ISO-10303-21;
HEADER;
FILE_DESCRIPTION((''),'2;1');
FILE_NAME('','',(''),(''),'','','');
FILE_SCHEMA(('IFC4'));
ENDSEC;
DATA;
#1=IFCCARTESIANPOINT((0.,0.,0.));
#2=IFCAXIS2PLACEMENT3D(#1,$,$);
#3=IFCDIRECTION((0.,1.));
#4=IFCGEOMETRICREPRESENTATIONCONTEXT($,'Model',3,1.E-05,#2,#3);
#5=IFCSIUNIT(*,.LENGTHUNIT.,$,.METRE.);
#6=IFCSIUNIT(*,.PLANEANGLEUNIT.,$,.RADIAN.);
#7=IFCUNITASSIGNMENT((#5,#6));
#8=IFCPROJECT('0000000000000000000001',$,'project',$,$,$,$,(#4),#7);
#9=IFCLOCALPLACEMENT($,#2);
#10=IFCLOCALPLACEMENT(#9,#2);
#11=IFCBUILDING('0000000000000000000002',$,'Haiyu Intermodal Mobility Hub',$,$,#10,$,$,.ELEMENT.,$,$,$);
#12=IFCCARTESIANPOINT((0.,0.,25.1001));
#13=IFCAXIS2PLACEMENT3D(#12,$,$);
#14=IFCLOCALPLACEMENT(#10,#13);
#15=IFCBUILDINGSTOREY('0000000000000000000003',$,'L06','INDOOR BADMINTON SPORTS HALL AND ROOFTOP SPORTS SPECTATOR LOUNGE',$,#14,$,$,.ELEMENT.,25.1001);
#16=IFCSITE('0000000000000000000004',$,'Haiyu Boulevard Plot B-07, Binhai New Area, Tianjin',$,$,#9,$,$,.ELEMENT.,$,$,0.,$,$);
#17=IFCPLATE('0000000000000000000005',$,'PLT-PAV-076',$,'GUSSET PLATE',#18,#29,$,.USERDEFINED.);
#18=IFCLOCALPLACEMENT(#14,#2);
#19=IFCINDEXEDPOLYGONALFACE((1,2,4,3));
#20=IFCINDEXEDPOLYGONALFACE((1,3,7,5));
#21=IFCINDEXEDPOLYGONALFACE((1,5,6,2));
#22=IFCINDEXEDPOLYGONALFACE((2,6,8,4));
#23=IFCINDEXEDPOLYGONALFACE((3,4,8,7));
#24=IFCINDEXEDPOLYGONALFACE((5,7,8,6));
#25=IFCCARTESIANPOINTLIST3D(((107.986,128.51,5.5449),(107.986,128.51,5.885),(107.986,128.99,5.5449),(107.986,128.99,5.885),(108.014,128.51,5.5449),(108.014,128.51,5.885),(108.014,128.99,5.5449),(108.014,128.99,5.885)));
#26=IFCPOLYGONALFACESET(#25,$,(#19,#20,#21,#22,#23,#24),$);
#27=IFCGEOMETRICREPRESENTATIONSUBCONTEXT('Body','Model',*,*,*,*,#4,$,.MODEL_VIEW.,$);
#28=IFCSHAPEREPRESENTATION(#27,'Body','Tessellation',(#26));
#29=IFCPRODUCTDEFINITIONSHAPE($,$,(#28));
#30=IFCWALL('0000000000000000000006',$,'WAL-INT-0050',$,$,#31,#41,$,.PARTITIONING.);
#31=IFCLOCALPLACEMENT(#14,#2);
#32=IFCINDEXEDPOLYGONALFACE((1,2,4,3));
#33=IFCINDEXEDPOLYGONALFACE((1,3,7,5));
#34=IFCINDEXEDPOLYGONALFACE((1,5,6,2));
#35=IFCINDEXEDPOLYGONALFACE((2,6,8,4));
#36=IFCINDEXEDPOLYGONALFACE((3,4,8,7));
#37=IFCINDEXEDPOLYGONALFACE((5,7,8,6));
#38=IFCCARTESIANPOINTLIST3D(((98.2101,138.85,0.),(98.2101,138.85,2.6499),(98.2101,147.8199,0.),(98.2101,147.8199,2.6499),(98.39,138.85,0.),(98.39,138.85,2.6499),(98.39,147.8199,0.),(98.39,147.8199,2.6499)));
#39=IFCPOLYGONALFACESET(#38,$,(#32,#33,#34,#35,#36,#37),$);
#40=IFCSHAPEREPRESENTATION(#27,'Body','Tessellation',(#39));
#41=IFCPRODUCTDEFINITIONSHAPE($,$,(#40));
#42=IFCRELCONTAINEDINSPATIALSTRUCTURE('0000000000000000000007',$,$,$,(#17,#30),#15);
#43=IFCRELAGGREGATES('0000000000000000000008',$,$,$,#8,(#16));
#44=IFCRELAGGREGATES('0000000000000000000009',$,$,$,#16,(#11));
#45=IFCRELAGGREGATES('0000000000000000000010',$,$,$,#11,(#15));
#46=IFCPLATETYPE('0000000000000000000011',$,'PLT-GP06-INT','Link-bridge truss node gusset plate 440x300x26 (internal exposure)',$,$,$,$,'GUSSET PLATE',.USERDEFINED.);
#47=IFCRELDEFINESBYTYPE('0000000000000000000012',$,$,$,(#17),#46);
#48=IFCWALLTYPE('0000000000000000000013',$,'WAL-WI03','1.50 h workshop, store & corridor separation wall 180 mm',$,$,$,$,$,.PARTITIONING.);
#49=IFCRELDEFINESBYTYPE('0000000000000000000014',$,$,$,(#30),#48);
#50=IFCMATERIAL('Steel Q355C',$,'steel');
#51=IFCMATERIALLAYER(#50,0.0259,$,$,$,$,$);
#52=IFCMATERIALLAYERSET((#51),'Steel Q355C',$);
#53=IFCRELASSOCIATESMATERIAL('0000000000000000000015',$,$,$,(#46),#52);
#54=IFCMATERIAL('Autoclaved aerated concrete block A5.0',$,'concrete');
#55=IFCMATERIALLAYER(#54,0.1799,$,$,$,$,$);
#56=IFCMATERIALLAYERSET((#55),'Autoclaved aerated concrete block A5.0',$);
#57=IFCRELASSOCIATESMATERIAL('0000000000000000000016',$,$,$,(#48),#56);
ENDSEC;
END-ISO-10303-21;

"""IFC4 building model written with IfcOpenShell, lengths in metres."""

from ifc_helpers import new_model, si_unit, direction, frame, frame_2d, origin, origin_2d, place, context, subcontext, project, spatial, rectangle, extrude, material, layer, layer_set, type_object, element, save


model = new_model("IFC4")

# Units and contexts
model_context = context("Model", 3, precision=1e-05, world=origin(), true_north=direction((0.0, 1.0)))
body_context = subcontext(model_context, "Body", "Model", "MODEL_VIEW")
ifc_project = project(units=[si_unit("LENGTHUNIT", "METRE"), si_unit("PLANEANGLEUNIT", "RADIAN")], contexts=[model_context])

# Site, building, storey
site_placement = place(None, origin())
site = spatial("IfcSite", under=ifc_project, at=site_placement, Name="Haiyu Boulevard Plot B-07, Binhai New Area, Tianjin", CompositionType="ELEMENT", RefElevation=0.0)
building_placement = place(site_placement, origin())
building = spatial("IfcBuilding", under=site, at=building_placement, Name="Haiyu Intermodal Mobility Hub", CompositionType="ELEMENT")
storey_placement = place(building_placement, frame((0.0, 0.0, 25.1001)))
storey = spatial("IfcBuildingStorey", under=building, at=storey_placement, Name="L06", Description="INDOOR BADMINTON SPORTS HALL AND ROOFTOP SPORTS SPECTATOR LOUNGE", CompositionType="ELEMENT", Elevation=25.1001)

# Shared definitions
ifc_material_1 = material(Name="Steel Q355C", Category="steel")

# Plate
ifc_layer_1 = layer(ifc_material_1, 0.0259)
ifc_layer_set_1 = layer_set([ifc_layer_1], Name="Steel Q355C")
plate_type_1 = type_object("IfcPlateType", Name="PLT-GP06-INT", Description="Link-bridge truss node gusset plate 440x300x26 (internal exposure)", ElementType="GUSSET PLATE", PredefinedType="USERDEFINED", material=ifc_layer_set_1)
plate_1_placement = place(storey_placement, frame((108.0, 128.75, 5.5449), z_axis=(0.0, 0.0, 1.0), x_axis=(1.0, 0.0, 0.0)))
element("IfcPlate", 1, at=plate_1_placement, inside=storey, type_object=plate_type_1, Name="PLT-PAV-076", ObjectType="GUSSET PLATE", PredefinedType="USERDEFINED", context=body_context, shape_type="SweptSolid", body=[
    extrude(rectangle(XDim=0.0281, YDim=0.48, at=origin_2d()), origin(), (0.0, 0.0, 1.0), 0.3401),
])

# Wall
ifc_material_2 = material(Name="Autoclaved aerated concrete block A5.0", Category="concrete")
ifc_layer_2 = layer(ifc_material_2, 0.1799)
ifc_layer_set_2 = layer_set([ifc_layer_2], Name="Autoclaved aerated concrete block A5.0")
wall_type = type_object("IfcWallType", Name="WAL-WI03", Description="1.50 h workshop, store & corridor separation wall 180 mm", PredefinedType="PARTITIONING", material=ifc_layer_set_2)
wall_placement = place(storey_placement, frame((98.3, 138.8501, 0.0), z_axis=(0.0, 0.0, 1.0), x_axis=(0.0, 1.0, 0.0)))
element("IfcWall", 2, at=wall_placement, inside=storey, type_object=wall_type, Name="WAL-INT-0050", PredefinedType="PARTITIONING", context=body_context, shape_type="SweptSolid", body=[
    extrude(rectangle(XDim=8.97, YDim=0.1799, at=frame_2d((4.4849, 0.0))), origin(), (0.0, 0.0, 1.0), 2.6499),
])

save(model, "model.ifc")
